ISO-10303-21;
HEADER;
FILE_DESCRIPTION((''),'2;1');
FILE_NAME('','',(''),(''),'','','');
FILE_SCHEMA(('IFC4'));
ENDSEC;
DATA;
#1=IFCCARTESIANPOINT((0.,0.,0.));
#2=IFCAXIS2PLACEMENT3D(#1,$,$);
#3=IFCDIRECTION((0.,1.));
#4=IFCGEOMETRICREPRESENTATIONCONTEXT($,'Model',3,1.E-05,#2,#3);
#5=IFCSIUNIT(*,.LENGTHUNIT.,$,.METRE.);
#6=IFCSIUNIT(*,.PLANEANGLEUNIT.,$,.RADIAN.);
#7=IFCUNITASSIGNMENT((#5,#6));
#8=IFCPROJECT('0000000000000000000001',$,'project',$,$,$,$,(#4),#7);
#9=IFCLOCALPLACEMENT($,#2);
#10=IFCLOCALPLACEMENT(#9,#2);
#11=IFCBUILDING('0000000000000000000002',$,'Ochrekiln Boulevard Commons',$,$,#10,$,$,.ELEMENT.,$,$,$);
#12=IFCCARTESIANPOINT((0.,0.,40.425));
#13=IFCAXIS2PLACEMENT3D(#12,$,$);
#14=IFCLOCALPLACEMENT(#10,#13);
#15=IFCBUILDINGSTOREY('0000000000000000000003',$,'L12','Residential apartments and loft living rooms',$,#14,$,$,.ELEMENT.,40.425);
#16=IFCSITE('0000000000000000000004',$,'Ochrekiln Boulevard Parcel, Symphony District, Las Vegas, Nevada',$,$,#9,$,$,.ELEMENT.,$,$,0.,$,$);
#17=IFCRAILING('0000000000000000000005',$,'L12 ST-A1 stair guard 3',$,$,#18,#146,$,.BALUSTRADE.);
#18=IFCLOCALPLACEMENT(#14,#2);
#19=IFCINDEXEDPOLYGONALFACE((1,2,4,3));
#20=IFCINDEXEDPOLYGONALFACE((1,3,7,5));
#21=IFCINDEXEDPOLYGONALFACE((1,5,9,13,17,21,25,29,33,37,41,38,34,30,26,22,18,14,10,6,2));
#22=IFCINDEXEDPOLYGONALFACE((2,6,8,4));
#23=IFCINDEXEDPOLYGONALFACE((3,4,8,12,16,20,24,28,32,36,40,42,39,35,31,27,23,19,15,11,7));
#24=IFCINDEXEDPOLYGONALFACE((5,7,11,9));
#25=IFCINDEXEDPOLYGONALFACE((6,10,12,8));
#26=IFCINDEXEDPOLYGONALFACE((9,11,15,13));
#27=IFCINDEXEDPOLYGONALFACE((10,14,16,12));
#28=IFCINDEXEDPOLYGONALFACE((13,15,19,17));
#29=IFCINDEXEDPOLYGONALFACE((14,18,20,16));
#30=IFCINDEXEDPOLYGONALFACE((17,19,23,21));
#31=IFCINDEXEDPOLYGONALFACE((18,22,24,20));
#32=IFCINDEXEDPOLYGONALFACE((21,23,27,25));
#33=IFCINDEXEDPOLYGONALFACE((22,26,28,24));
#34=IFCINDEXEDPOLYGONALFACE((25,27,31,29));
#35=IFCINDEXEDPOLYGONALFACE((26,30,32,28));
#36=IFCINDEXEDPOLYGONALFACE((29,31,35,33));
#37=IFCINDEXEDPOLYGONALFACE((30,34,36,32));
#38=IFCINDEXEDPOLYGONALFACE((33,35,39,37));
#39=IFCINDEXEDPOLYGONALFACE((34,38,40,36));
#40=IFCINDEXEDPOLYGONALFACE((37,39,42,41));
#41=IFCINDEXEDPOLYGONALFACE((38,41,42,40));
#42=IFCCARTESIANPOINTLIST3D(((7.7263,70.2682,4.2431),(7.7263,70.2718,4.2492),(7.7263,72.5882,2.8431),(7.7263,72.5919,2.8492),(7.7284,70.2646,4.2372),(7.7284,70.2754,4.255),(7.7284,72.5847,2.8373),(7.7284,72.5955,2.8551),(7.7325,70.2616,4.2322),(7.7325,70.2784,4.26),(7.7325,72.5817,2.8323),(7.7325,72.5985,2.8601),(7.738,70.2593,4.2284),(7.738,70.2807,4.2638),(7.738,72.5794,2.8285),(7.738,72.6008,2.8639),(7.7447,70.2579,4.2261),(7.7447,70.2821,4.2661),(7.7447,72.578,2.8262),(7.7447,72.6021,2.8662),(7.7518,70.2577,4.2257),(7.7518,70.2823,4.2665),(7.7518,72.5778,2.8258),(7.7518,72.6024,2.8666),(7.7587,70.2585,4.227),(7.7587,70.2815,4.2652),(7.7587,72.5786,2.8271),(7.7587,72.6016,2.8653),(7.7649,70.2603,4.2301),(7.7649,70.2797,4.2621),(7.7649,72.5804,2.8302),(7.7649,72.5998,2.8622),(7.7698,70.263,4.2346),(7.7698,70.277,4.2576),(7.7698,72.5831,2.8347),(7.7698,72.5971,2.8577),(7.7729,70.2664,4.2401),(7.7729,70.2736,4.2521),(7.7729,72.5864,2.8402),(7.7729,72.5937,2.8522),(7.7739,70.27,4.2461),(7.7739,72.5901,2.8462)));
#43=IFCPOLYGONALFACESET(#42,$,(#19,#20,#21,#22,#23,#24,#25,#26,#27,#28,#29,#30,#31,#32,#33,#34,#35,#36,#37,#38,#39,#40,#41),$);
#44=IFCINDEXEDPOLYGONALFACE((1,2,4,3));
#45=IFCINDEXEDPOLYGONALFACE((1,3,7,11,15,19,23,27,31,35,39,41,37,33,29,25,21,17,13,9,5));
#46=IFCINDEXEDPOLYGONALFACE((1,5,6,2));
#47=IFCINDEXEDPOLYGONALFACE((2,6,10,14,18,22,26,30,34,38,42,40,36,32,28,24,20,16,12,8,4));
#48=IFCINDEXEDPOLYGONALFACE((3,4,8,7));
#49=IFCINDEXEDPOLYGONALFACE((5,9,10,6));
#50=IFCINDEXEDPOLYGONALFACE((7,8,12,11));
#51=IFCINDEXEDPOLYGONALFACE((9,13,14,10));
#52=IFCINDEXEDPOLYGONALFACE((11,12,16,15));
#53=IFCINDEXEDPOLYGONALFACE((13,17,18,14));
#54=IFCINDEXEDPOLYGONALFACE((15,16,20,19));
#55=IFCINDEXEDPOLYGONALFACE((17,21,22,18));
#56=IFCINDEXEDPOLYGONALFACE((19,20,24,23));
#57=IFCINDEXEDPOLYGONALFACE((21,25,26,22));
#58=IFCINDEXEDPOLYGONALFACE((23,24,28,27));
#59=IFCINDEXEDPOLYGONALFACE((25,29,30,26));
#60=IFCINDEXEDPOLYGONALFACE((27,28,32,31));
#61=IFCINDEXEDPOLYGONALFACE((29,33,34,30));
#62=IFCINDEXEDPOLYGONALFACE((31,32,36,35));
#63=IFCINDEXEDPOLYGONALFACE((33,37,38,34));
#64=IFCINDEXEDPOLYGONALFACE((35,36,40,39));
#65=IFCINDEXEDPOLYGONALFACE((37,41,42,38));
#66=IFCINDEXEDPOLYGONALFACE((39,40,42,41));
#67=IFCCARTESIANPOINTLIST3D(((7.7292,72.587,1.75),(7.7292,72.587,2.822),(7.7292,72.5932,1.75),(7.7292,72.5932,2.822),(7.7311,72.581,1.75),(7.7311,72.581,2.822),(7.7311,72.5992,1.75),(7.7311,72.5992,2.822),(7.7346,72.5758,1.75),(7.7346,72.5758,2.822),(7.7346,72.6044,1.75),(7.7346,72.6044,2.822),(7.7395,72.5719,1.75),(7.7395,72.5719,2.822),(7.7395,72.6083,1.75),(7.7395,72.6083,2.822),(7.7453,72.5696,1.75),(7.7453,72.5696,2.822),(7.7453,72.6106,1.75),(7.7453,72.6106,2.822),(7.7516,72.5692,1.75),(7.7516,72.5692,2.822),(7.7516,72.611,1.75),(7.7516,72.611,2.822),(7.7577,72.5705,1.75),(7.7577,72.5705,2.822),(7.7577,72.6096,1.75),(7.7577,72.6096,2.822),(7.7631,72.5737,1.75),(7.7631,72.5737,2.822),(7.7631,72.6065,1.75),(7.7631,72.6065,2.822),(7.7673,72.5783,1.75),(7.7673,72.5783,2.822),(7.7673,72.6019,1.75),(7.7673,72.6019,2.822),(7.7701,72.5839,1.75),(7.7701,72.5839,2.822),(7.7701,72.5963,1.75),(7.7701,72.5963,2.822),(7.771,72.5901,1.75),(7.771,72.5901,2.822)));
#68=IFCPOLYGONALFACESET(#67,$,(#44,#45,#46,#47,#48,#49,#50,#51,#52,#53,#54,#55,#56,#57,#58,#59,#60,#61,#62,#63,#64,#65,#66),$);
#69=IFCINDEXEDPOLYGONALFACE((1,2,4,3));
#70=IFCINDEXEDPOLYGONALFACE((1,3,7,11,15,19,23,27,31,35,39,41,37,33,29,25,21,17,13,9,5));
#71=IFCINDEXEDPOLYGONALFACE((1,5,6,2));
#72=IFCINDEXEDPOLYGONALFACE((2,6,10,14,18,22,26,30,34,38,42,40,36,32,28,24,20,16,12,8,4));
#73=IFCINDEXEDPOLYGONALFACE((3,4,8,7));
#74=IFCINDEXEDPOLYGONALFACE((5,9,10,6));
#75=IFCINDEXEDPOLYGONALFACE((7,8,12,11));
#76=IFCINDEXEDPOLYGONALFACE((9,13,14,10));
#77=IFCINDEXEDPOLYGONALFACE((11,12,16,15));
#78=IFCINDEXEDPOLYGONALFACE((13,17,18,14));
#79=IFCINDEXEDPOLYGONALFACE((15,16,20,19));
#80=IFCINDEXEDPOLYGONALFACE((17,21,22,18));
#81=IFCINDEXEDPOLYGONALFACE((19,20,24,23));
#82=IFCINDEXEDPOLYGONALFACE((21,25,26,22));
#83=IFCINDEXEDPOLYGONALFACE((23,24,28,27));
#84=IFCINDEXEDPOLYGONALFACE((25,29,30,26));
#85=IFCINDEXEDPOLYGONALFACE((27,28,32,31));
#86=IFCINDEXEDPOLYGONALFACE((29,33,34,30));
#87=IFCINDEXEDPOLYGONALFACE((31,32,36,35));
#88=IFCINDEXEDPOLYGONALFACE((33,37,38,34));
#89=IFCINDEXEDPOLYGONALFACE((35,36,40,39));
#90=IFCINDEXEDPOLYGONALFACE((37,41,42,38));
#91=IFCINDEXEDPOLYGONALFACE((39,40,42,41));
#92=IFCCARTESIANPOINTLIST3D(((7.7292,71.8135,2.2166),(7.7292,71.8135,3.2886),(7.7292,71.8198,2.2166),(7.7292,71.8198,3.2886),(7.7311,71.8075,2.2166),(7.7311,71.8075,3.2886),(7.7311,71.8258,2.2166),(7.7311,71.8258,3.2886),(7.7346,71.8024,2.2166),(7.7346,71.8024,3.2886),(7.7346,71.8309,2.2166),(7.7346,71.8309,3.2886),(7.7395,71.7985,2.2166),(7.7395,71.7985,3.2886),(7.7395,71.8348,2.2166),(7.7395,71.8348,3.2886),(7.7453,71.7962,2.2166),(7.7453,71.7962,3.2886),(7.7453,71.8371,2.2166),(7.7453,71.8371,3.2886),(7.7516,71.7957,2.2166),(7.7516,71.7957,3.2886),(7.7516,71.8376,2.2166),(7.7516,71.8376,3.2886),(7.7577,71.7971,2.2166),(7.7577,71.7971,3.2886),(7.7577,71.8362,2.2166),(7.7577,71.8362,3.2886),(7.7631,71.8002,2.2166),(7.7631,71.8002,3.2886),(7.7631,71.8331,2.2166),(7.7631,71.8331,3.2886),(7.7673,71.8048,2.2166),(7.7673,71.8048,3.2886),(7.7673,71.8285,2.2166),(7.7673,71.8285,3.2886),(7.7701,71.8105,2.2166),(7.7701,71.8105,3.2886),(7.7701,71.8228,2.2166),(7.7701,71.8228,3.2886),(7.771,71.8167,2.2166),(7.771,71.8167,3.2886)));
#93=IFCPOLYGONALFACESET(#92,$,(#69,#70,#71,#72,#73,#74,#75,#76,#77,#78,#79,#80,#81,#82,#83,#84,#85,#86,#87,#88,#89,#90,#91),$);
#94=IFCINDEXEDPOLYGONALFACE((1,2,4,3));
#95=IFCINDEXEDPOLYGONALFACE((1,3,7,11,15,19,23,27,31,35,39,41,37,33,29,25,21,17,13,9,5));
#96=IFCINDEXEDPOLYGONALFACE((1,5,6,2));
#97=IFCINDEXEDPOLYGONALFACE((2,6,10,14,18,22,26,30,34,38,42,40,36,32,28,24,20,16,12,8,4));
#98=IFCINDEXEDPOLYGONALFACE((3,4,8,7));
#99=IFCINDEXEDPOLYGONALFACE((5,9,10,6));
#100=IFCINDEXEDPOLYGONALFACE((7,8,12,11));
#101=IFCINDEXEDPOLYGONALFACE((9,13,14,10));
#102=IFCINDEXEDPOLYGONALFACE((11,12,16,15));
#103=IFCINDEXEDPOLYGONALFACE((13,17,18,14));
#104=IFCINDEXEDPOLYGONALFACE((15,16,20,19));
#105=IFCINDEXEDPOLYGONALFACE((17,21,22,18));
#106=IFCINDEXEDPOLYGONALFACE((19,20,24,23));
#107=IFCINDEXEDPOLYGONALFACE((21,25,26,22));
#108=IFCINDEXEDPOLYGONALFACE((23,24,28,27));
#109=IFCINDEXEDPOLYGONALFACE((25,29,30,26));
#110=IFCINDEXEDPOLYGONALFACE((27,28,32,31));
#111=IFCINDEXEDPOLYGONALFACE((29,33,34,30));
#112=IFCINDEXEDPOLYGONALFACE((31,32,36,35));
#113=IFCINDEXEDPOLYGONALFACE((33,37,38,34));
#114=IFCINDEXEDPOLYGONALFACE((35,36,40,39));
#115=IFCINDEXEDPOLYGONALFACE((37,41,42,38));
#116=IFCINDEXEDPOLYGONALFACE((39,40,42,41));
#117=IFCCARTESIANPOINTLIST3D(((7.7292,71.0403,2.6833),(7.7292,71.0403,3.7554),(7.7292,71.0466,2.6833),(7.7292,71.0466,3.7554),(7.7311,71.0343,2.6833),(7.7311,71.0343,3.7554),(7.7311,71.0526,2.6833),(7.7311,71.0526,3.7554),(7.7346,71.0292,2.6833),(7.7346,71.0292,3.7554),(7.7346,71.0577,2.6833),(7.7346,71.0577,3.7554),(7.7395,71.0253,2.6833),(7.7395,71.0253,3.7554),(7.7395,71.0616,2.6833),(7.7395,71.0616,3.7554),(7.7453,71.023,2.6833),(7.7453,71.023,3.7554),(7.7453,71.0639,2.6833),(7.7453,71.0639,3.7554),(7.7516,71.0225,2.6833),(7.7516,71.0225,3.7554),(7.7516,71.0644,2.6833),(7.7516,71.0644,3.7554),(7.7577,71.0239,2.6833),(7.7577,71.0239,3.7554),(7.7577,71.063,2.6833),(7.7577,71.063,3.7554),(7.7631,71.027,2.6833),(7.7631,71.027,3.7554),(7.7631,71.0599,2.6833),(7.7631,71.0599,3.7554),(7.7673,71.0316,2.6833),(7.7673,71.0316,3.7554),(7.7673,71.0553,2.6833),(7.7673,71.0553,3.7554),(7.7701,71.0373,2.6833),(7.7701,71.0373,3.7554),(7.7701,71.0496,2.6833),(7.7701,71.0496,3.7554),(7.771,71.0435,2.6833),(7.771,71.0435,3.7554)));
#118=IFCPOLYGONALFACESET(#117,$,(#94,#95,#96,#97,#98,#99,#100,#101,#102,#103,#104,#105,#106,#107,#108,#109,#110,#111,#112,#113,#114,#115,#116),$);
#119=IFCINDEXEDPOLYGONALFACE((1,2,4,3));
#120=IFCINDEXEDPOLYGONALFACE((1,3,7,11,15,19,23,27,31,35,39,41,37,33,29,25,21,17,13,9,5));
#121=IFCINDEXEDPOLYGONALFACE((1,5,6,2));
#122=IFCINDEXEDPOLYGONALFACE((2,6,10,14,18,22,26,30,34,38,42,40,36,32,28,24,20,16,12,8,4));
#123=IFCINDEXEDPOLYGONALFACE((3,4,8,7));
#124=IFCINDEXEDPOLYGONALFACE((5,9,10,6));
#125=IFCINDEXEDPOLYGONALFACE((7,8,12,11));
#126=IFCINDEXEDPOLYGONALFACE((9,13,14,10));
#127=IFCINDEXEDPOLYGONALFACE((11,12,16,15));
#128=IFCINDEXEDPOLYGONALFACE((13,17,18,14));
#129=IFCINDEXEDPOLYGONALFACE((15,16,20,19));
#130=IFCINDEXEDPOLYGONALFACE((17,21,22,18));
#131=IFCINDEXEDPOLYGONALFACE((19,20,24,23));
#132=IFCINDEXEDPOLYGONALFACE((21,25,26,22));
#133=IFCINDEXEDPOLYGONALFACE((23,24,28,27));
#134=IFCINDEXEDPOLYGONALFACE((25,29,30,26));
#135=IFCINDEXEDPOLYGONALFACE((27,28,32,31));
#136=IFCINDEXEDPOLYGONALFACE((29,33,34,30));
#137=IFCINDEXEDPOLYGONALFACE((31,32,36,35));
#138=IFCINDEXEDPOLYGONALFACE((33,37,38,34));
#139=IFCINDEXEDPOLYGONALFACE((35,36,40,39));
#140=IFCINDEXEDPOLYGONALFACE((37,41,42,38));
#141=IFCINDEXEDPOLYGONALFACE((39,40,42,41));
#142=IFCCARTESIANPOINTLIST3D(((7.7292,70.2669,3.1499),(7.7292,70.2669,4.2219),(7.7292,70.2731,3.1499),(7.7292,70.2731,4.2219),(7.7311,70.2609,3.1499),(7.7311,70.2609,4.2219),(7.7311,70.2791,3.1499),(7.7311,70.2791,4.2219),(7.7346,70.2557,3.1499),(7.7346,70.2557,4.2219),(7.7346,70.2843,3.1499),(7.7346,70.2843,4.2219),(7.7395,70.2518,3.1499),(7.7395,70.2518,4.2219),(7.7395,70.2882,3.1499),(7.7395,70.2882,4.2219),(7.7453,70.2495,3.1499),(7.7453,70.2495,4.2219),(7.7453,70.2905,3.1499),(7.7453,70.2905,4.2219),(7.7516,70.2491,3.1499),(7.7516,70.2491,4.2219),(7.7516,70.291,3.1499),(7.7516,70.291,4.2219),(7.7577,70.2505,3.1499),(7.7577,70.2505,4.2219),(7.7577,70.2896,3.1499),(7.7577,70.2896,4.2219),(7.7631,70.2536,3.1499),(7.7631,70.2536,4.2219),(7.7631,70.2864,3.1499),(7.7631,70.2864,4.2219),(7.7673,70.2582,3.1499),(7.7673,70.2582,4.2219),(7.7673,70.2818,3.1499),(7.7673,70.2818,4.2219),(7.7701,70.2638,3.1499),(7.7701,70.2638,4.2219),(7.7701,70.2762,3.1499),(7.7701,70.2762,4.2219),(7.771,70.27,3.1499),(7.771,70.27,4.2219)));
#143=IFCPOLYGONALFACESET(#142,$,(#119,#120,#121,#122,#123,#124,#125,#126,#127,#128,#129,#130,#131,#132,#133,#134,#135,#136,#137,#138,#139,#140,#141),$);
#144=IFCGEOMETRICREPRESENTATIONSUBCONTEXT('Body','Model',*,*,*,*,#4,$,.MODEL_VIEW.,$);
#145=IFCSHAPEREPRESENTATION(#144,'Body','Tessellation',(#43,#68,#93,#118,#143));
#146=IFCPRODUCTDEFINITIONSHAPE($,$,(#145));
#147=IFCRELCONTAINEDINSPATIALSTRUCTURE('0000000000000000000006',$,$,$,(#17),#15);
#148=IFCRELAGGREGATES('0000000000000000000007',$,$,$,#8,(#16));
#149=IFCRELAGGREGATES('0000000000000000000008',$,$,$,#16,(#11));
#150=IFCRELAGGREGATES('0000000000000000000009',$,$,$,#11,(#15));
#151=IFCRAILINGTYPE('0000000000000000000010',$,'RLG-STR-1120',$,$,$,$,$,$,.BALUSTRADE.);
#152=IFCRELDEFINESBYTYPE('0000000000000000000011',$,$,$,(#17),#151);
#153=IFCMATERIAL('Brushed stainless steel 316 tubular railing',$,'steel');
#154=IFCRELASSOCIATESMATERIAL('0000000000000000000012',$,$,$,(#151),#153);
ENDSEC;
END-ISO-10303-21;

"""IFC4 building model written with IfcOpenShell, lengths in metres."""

from ifc_helpers import new_model, si_unit, direction, frame, origin, origin_2d, place, context, subcontext, project, spatial, circle, extrude, material, type_object, element, save


model = new_model("IFC4")

# Units and contexts
model_context = context("Model", 3, precision=1e-05, world=origin(), true_north=direction((0.0, 1.0)))
body_context = subcontext(model_context, "Body", "Model", "MODEL_VIEW")
ifc_project = project(units=[si_unit("LENGTHUNIT", "METRE"), si_unit("PLANEANGLEUNIT", "RADIAN")], contexts=[model_context])

# Site, building, storey
site_placement = place(None, origin())
site = spatial("IfcSite", under=ifc_project, at=site_placement, Name="Ochrekiln Boulevard Parcel, Symphony District, Las Vegas, Nevada", CompositionType="ELEMENT", RefElevation=0.0)
building_placement = place(site_placement, origin())
building = spatial("IfcBuilding", under=site, at=building_placement, Name="Ochrekiln Boulevard Commons", CompositionType="ELEMENT")
storey_placement = place(building_placement, frame((0.0, 0.0, 40.425)))
storey = spatial("IfcBuildingStorey", under=building, at=storey_placement, Name="L12", Description="Residential apartments and loft living rooms", CompositionType="ELEMENT", Elevation=40.425)

# Railing
ifc_material_1 = material(Name="Brushed stainless steel 316 tubular railing", Category="steel")
railing_type_1 = type_object("IfcRailingType", Name="RLG-STR-1120", PredefinedType="BALUSTRADE", material=ifc_material_1)
railing_1_placement = place(storey_placement, frame((7.75, 72.5901, 1.75)))
element("IfcRailing", 1, at=railing_1_placement, inside=storey, type_object=railing_type_1, Name="L12 ST-A1 stair guard 3", PredefinedType="BALUSTRADE", context=body_context, shape_type="SweptSolid", body=[
    extrude(circle(Radius=0.0239, at=origin_2d()), frame((0.0, 0.0, 1.0962), z_axis=(0.0, -0.85621, 0.516627), x_axis=(1.0, 0.0, 0.0)), (0.0, 0.0, 1.0), 2.7097),
    extrude(circle(Radius=0.021, at=origin_2d()), origin(), (0.0, 0.0, 1.0), 1.072),
    extrude(circle(Radius=0.021, at=origin_2d()), frame((0.0, -0.7734, 0.4666)), (0.0, 0.0, 1.0), 1.072),
    extrude(circle(Radius=0.021, at=origin_2d()), frame((0.0, -1.5466, 0.9333)), (0.0, 0.0, 1.0), 1.072),
    extrude(circle(Radius=0.021, at=origin_2d()), frame((0.0, -2.3201, 1.3999)), (0.0, 0.0, 1.0), 1.072),
])

save(model, "model.ifc")
